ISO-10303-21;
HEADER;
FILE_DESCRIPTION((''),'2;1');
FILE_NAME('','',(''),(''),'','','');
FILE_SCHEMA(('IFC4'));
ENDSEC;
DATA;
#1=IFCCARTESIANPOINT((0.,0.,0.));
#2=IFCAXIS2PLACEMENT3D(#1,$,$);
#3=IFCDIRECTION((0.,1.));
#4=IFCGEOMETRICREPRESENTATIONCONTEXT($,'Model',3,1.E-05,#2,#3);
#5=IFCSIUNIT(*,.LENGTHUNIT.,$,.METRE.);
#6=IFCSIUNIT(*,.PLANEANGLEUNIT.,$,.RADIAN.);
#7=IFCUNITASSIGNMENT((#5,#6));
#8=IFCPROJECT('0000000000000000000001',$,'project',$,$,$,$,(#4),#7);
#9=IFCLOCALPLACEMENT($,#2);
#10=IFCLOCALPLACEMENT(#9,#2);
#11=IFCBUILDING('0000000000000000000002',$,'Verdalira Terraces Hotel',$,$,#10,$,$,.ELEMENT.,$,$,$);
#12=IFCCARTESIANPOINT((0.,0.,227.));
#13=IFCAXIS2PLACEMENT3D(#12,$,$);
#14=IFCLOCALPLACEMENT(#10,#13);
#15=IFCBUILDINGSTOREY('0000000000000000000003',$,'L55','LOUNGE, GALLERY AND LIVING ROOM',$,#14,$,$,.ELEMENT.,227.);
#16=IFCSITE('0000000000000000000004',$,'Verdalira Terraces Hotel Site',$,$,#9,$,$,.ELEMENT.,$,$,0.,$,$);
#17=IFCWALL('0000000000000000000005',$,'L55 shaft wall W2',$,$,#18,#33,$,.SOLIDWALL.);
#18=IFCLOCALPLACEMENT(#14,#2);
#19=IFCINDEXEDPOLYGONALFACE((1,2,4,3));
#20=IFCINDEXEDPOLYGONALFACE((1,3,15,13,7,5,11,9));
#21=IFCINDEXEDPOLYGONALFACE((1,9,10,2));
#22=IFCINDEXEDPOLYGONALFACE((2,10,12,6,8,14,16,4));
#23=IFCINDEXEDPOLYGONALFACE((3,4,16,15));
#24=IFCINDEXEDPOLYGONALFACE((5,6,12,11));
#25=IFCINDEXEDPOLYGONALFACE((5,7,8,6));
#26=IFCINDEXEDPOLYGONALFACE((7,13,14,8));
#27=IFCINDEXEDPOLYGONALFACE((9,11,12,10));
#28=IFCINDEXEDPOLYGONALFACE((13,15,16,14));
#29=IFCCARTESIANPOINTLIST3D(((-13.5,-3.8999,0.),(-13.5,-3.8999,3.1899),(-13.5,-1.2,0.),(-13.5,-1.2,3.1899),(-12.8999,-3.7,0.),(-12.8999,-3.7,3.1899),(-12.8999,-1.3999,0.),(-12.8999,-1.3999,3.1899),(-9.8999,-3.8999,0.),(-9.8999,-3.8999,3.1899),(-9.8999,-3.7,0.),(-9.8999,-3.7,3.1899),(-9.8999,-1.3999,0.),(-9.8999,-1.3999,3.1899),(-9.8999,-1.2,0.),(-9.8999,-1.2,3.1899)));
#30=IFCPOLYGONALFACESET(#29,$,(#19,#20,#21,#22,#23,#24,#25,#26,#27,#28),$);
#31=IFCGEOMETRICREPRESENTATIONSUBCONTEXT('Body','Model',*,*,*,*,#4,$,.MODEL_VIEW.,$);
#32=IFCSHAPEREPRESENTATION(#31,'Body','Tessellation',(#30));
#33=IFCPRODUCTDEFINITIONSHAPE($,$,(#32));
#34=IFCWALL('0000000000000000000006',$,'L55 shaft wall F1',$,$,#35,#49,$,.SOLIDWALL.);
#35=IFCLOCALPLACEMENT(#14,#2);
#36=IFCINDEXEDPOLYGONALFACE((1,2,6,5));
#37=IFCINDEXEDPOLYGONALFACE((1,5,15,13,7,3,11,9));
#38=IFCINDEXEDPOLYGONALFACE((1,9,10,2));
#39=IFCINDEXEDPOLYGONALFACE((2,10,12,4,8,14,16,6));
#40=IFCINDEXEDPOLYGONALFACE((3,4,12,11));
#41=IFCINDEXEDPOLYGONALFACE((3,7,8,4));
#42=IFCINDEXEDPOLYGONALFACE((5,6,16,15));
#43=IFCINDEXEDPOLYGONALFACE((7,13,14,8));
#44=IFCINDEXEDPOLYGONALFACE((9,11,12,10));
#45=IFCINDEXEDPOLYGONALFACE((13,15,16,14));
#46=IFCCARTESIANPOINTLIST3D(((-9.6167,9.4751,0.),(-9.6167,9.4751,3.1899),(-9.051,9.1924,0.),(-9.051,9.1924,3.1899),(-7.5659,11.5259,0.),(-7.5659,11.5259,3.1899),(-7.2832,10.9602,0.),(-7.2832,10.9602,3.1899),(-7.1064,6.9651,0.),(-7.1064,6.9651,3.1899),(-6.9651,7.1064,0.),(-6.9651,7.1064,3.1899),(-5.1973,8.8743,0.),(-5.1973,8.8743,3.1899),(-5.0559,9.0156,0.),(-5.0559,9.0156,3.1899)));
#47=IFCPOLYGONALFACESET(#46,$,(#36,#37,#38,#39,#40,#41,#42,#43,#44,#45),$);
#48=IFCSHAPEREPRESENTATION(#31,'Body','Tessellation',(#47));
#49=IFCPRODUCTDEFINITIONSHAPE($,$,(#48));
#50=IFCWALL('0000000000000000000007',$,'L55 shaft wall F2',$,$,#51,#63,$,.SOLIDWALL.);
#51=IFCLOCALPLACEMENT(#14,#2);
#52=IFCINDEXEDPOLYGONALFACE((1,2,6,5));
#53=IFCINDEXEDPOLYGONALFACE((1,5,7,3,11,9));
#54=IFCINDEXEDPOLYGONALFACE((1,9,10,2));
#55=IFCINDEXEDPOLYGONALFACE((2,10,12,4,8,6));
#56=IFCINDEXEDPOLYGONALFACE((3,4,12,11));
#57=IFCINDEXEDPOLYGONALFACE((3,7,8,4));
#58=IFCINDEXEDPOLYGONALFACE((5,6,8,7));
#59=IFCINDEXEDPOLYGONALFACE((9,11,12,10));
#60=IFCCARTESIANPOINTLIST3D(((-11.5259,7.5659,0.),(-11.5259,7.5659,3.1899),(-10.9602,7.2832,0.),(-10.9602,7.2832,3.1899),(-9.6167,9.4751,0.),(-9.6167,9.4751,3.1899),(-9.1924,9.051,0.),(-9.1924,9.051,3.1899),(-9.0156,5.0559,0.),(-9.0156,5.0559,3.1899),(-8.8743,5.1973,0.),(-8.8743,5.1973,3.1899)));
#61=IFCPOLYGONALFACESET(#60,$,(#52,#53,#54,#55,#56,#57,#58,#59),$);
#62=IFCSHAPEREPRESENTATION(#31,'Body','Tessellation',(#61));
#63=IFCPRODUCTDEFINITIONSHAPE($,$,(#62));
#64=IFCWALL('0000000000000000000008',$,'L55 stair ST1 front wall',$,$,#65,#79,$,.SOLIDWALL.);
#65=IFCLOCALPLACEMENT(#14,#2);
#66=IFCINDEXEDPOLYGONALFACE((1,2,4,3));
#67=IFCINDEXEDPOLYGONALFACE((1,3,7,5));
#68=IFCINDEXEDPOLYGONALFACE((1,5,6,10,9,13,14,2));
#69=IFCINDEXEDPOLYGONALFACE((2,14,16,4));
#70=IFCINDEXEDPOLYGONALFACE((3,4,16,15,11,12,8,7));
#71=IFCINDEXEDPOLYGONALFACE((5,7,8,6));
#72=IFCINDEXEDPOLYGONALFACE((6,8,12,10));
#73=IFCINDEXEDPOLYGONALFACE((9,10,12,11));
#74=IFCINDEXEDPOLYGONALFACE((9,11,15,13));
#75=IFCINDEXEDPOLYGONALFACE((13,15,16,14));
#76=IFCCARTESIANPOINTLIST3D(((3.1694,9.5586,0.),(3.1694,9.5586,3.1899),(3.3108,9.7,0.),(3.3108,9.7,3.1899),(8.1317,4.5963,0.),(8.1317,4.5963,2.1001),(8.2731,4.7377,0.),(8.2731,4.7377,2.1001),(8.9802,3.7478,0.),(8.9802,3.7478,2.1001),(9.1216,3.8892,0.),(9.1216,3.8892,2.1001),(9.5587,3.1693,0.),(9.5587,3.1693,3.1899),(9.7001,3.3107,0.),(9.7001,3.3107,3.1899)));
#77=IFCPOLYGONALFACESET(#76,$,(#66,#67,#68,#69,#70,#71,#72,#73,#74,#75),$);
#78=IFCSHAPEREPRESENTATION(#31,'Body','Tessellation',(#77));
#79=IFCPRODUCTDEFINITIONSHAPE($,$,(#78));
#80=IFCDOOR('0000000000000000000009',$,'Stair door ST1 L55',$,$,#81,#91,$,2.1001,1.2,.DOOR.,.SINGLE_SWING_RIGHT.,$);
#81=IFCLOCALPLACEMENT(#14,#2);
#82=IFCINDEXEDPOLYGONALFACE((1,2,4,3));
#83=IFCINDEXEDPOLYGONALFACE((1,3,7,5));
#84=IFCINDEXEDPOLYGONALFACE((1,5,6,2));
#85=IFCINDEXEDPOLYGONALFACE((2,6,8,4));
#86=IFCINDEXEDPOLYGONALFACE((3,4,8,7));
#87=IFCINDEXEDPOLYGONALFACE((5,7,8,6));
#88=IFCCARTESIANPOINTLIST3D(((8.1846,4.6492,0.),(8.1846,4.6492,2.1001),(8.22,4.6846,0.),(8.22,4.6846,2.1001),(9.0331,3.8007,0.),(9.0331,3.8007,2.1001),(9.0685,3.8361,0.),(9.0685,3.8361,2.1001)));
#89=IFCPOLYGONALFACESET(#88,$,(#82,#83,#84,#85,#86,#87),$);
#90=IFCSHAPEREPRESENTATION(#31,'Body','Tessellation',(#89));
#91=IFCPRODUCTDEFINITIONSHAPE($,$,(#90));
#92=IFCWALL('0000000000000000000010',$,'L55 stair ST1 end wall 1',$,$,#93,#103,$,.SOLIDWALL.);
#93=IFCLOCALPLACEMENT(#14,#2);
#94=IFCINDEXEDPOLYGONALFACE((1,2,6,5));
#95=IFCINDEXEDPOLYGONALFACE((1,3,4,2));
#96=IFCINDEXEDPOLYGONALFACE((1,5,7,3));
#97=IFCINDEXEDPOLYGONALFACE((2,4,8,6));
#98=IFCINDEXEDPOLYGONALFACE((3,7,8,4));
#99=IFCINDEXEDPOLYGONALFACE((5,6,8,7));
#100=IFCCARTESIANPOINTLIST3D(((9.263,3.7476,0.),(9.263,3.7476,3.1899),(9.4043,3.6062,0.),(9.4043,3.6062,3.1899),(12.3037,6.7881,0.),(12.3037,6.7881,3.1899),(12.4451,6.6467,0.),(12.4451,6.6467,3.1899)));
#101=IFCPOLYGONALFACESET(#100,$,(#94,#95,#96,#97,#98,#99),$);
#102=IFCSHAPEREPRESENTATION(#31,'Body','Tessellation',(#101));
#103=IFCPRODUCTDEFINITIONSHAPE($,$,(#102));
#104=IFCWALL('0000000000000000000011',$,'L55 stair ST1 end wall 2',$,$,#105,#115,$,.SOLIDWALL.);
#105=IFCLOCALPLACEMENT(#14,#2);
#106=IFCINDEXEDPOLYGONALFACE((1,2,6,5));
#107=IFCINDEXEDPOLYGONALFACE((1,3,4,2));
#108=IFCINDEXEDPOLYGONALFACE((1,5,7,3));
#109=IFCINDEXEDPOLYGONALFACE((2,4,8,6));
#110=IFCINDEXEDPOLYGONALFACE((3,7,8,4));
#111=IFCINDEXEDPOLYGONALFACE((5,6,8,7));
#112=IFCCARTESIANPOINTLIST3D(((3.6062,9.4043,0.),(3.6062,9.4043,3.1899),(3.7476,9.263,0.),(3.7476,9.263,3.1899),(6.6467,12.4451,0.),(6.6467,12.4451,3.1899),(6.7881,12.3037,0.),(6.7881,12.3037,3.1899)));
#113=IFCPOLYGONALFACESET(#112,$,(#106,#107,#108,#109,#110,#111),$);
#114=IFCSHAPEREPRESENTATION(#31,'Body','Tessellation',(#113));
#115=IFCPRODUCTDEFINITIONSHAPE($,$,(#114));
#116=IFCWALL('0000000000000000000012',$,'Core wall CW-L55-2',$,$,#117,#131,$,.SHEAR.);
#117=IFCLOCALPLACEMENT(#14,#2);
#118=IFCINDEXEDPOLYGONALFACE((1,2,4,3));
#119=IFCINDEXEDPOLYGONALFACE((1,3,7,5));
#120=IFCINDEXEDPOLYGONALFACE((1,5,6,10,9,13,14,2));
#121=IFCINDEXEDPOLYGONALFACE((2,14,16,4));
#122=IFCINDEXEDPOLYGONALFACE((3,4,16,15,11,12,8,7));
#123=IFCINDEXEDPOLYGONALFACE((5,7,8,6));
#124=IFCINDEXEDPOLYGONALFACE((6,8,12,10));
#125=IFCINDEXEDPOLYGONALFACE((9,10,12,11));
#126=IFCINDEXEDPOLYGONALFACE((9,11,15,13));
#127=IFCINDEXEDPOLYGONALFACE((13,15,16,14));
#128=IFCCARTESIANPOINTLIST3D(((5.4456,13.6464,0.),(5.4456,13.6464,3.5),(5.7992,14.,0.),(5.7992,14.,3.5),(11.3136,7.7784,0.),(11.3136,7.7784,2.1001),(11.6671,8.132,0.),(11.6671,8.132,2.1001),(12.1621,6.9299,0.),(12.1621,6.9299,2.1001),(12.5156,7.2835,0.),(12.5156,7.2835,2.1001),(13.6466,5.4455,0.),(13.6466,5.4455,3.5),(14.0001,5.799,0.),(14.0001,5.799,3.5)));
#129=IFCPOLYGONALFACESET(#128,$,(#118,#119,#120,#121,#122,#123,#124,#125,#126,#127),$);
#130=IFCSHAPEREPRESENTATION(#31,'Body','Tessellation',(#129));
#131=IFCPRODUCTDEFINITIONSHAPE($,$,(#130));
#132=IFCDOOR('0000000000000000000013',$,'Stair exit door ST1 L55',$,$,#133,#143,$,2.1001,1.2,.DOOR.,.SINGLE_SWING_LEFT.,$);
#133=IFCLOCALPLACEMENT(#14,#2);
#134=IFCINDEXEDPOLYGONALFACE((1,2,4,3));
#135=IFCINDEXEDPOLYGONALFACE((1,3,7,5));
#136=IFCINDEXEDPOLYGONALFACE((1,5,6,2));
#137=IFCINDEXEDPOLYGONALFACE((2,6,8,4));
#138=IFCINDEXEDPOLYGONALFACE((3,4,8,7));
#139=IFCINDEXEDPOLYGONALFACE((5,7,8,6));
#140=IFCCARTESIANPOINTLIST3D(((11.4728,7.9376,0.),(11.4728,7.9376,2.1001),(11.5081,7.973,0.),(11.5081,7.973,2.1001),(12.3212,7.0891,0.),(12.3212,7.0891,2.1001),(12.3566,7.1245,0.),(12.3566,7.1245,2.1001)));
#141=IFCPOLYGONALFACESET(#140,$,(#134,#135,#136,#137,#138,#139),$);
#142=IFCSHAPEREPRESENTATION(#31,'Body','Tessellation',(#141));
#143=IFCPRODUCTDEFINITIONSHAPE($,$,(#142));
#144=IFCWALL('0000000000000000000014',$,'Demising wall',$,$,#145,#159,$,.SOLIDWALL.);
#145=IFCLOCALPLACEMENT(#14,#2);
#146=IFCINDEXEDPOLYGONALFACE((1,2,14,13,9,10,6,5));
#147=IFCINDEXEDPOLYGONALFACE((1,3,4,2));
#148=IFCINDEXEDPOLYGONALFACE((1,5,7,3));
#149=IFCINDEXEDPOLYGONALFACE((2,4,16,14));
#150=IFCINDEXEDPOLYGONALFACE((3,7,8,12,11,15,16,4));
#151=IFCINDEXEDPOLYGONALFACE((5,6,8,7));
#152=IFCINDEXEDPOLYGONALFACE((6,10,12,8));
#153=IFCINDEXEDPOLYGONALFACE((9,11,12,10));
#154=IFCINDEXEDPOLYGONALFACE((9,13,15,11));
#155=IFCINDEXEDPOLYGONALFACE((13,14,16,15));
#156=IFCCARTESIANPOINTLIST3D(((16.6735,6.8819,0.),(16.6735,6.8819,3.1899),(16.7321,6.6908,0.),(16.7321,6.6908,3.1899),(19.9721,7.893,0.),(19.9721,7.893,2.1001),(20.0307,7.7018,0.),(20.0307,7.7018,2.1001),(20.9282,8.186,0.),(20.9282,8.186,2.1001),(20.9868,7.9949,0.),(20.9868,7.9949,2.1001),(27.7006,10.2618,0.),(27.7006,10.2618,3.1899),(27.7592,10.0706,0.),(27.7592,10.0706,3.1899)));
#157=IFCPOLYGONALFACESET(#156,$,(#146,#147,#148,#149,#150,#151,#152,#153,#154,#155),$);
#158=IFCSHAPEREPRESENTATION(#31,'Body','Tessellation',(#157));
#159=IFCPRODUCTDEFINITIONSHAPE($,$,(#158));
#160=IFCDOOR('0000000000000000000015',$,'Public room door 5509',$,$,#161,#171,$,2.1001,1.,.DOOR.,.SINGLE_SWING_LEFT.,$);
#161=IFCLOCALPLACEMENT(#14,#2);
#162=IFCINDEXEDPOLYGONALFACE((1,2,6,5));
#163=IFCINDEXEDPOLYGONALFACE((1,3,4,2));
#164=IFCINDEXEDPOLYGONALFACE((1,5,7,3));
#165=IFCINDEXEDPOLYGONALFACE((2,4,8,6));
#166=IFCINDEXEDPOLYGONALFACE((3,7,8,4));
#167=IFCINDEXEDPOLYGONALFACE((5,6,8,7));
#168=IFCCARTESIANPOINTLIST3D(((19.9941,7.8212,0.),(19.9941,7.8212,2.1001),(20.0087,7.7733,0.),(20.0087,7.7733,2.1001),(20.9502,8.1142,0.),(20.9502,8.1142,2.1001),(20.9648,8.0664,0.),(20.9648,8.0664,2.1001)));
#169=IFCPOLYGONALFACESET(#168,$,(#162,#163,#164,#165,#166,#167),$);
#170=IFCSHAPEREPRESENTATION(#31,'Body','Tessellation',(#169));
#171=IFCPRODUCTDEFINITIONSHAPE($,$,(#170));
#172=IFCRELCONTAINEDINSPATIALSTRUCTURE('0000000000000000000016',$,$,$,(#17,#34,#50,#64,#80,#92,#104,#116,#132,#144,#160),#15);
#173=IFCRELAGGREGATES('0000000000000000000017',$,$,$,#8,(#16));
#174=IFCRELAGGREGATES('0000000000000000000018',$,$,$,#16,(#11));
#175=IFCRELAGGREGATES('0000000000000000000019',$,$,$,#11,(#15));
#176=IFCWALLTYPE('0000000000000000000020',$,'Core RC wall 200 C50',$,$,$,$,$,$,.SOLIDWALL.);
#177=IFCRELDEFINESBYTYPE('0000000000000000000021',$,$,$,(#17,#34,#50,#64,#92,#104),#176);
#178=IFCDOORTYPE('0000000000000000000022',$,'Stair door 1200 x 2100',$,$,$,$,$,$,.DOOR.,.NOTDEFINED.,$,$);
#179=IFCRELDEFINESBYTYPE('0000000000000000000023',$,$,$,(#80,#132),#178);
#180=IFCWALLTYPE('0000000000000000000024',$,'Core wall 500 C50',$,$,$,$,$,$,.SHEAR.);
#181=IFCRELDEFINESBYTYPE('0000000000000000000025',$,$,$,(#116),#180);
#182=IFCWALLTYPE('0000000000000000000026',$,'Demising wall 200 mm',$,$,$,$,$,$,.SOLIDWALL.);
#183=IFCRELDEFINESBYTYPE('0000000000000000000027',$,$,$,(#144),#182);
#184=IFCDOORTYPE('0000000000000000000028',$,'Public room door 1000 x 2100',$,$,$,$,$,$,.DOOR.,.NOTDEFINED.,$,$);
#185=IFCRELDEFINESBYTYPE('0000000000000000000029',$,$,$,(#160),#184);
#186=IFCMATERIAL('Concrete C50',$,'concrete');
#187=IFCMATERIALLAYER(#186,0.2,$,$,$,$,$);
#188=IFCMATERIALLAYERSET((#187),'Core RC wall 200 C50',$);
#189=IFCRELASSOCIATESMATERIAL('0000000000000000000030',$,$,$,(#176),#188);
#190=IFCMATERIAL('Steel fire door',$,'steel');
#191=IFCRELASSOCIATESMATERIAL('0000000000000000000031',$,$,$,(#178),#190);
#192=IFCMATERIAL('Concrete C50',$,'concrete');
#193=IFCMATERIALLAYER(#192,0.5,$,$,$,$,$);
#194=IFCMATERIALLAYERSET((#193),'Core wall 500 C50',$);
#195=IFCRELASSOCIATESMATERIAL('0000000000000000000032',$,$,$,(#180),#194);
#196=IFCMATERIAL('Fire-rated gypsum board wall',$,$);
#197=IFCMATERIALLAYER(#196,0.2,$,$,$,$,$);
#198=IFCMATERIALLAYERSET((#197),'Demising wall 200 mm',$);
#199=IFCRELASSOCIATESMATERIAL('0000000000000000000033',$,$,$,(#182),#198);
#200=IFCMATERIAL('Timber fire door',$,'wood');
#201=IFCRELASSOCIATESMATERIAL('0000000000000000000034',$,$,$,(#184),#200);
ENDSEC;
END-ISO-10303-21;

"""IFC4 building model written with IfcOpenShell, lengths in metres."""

from ifc_helpers import new_model, si_unit, direction, frame, frame_2d, origin, place, context, subcontext, project, spatial, polyline, rectangle, outline, extrude, material, layer, layer_set, type_object, element, fill, save


model = new_model("IFC4")

# Units and contexts
model_context = context("Model", 3, precision=1e-05, world=origin(), true_north=direction((0.0, 1.0)))
body_context = subcontext(model_context, "Body", "Model", "MODEL_VIEW")
ifc_project = project(units=[si_unit("LENGTHUNIT", "METRE"), si_unit("PLANEANGLEUNIT", "RADIAN")], contexts=[model_context])

# Site, building, storey
site_placement = place(None, origin())
site = spatial("IfcSite", under=ifc_project, at=site_placement, Name="Verdalira Terraces Hotel Site", CompositionType="ELEMENT", RefElevation=0.0)
building_placement = place(site_placement, origin())
building = spatial("IfcBuilding", under=site, at=building_placement, Name="Verdalira Terraces Hotel", CompositionType="ELEMENT")
storey_placement = place(building_placement, frame((0.0, 0.0, 227.0)))
storey = spatial("IfcBuildingStorey", under=building, at=storey_placement, Name="L55", Description="LOUNGE, GALLERY AND LIVING ROOM", CompositionType="ELEMENT", Elevation=227.0)

# Shared definitions
ifc_material_1 = material(Name="Concrete C50", Category="concrete")
ifc_layer_1 = layer(ifc_material_1, 0.2)
ifc_layer_set_1 = layer_set([ifc_layer_1], Name="Core RC wall 200 C50")
wall_type_1 = type_object("IfcWallType", Name="Core RC wall 200 C50", PredefinedType="SOLIDWALL", material=ifc_layer_set_1)

# Walls
wall_1_placement = place(storey_placement, origin())
element("IfcWall", 1, at=wall_1_placement, inside=storey, type_object=wall_type_1, Name="L55 shaft wall W2", PredefinedType="SOLIDWALL", context=body_context, shape_type="SweptSolid", body=[
    extrude(outline(polyline([(-13.5, -3.8999), (-13.5, -1.2), (-9.8999, -1.2), (-9.8999, -1.3999), (-12.8999, -1.3999), (-12.8999, -3.7), (-9.8999, -3.7), (-9.8999, -3.8999), (-13.5, -3.8999)])), origin(), (0.0, 0.0, 1.0), 3.1899),
])
wall_2_placement = place(storey_placement, origin())
element("IfcWall", 2, at=wall_2_placement, inside=storey, type_object=wall_type_1, Name="L55 shaft wall F1", PredefinedType="SOLIDWALL", context=body_context, shape_type="SweptSolid", body=[
    extrude(outline(polyline([(-9.6167, 9.4751), (-7.5659, 11.5259), (-5.0559, 9.0156), (-5.1973, 8.8743), (-7.2832, 10.9602), (-9.051, 9.1924), (-6.9651, 7.1064), (-7.1064, 6.9651), (-9.6167, 9.4751)])), origin(), (0.0, 0.0, 1.0), 3.1899),
])
wall_3_placement = place(storey_placement, origin())
element("IfcWall", 3, at=wall_3_placement, inside=storey, type_object=wall_type_1, Name="L55 shaft wall F2", PredefinedType="SOLIDWALL", context=body_context, shape_type="SweptSolid", body=[
    extrude(outline(polyline([(-11.5259, 7.5659), (-9.6167, 9.4751), (-9.1924, 9.051), (-10.9602, 7.2832), (-8.8743, 5.1973), (-9.0156, 5.0559), (-11.5259, 7.5659)])), origin(), (0.0, 0.0, 1.0), 3.1899),
])

# Wall, opening, door
wall_4_placement = place(storey_placement, frame((3.24, 9.6294, 0.0), z_axis=(0.0, 0.0, 1.0), x_axis=(0.707107, -0.707107, 0.0)))
wall_4 = element("IfcWall", 4, at=wall_4_placement, inside=storey, type_object=wall_type_1, Name="L55 stair ST1 front wall", PredefinedType="SOLIDWALL", context=body_context, shape_type="SweptSolid", body=[
    extrude(rectangle(XDim=9.0359, YDim=0.2, at=frame_2d((4.5181, 0.0))), origin(), (0.0, 0.0, 1.0), 3.1899),
])
opening_1_placement = place(wall_4_placement, frame((7.0178, 0.0, 0.0)))
opening_1 = element("IfcOpeningElement", 5, at=opening_1_placement, cuts=wall_4, PredefinedType="OPENING", context=body_context, shape_type="SweptSolid", body=[
    extrude(rectangle(XDim=1.2, YDim=2.1001, at=frame_2d((0.6001, 1.05))), frame((0.0, 0.1099, 0.0), z_axis=(0.0, -1.0, 0.0), x_axis=(1.0, 0.0, 0.0)), (0.0, 0.0, 1.0), 0.22),
])
ifc_material_2 = material(Name="Steel fire door", Category="steel")
door_type_1 = type_object("IfcDoorType", Name="Stair door 1200 x 2100", OperationType="NOTDEFINED", PredefinedType="DOOR", material=ifc_material_2)
door_1_placement = place(opening_1_placement, origin())
door_1 = element("IfcDoor", 6, at=door_1_placement, inside=storey, type_object=door_type_1, Name="Stair door ST1 L55", OperationType="SINGLE_SWING_RIGHT", OverallHeight=2.1001, OverallWidth=1.2, PredefinedType="DOOR", context=body_context, shape_type="SweptSolid", body=[
    extrude(rectangle(XDim=1.2, YDim=2.1001, at=frame_2d((0.6001, 1.05))), frame((0.0, 0.0249, 0.0), z_axis=(0.0, -1.0, 0.0), x_axis=(1.0, 0.0, 0.0)), (0.0, 0.0, 1.0), 0.05),
])
fill(opening_1, door_1)

# Walls
for number, where, z_axis, x_axis, name in (
    (7, (9.3337, 3.677, 0.0), (0.0, 0.0, 1.0), (0.707135, 0.707078, 0.0), "L55 stair ST1 end wall 1"),
    (8, (3.677, 9.3337, 0.0), (0.0, 0.0, 1.0), (0.707078, 0.707135, 0.0), "L55 stair ST1 end wall 2"),
):
    element("IfcWall", number, at=place(storey_placement, frame(where, z_axis=z_axis, x_axis=x_axis)), inside=storey, type_object=wall_type_1, Name=name, PredefinedType="SOLIDWALL", context=body_context, shape_type="SweptSolid", body=[
        extrude(rectangle(XDim=4.3, YDim=0.2, at=frame_2d((2.1499, 0.0))), origin(), (0.0, 0.0, 1.0), 3.1899),
    ])

# Walls, openings, doors
ifc_material_3 = material(Name="Concrete C50", Category="concrete")
ifc_layer_2 = layer(ifc_material_3, 0.5)
ifc_layer_set_2 = layer_set([ifc_layer_2], Name="Core wall 500 C50")
wall_type_2 = type_object("IfcWallType", Name="Core wall 500 C50", PredefinedType="SHEAR", material=ifc_layer_set_2)
wall_5_placement = place(storey_placement, frame((13.8232, 5.6223, 0.0), z_axis=(0.0, 0.0, 1.0), x_axis=(-0.707107, 0.707107, 0.0)))
wall_5 = element("IfcWall", 9, at=wall_5_placement, inside=storey, type_object=wall_type_2, Name="Core wall CW-L55-2", PredefinedType="SHEAR", context=body_context, shape_type="SweptSolid", body=[
    extrude(rectangle(XDim=11.5979, YDim=0.5, at=frame_2d((5.7988, 0.0))), origin(), (0.0, 0.0, 1.0), 3.5),
])
opening_2_placement = place(wall_5_placement, frame((2.0991, 0.0, 0.0)))
opening_2 = element("IfcOpeningElement", 10, at=opening_2_placement, cuts=wall_5, PredefinedType="OPENING", context=body_context, shape_type="SweptSolid", body=[
    extrude(rectangle(XDim=1.2, YDim=2.1001, at=frame_2d((0.6001, 1.05))), frame((0.0, 0.26, 0.0), z_axis=(0.0, -1.0, 0.0), x_axis=(1.0, 0.0, 0.0)), (0.0, 0.0, 1.0), 0.52),
])
door_2_placement = place(opening_2_placement, origin())
door_2 = element("IfcDoor", 11, at=door_2_placement, inside=storey, type_object=door_type_1, Name="Stair exit door ST1 L55", OperationType="SINGLE_SWING_LEFT", OverallHeight=2.1001, OverallWidth=1.2, PredefinedType="DOOR", context=body_context, shape_type="SweptSolid", body=[
    extrude(rectangle(XDim=1.2, YDim=2.1001, at=frame_2d((0.6001, 1.05))), frame((0.0, 0.0249, 0.0), z_axis=(0.0, -1.0, 0.0), x_axis=(1.0, 0.0, 0.0)), (0.0, 0.0, 1.0), 0.05),
])
fill(opening_2, door_2)
ifc_material_4 = material(Name="Fire-rated gypsum board wall")
ifc_layer_3 = layer(ifc_material_4, 0.2)
ifc_layer_set_3 = layer_set([ifc_layer_3], Name="Demising wall 200 mm")
wall_type_3 = type_object("IfcWallType", Name="Demising wall 200 mm", PredefinedType="SOLIDWALL", material=ifc_layer_set_3)
wall_6_placement = place(storey_placement, frame((16.7029, 6.7864, 0.0), z_axis=(0.0, 0.0, 1.0), x_axis=(0.956097, 0.29305, 0.0)))
wall_6 = element("IfcWall", 12, at=wall_6_placement, inside=storey, type_object=wall_type_3, Name="Demising wall", PredefinedType="SOLIDWALL", context=body_context, shape_type="SweptSolid", body=[
    extrude(rectangle(XDim=11.5334, YDim=0.2, at=frame_2d((5.7666, 0.0))), origin(), (0.0, 0.0, 1.0), 3.1899),
])
opening_3_placement = place(wall_6_placement, frame((3.45, 0.0, 0.0)))
opening_3 = element("IfcOpeningElement", 13, at=opening_3_placement, cuts=wall_6, PredefinedType="OPENING", context=body_context, shape_type="SweptSolid", body=[
    extrude(rectangle(XDim=1.0, YDim=2.1001, at=frame_2d((0.5, 1.05))), frame((0.0, 0.1099, 0.0), z_axis=(0.0, -1.0, 0.0), x_axis=(1.0, 0.0, 0.0)), (0.0, 0.0, 1.0), 0.22),
])
ifc_material_5 = material(Name="Timber fire door", Category="wood")
door_type_2 = type_object("IfcDoorType", Name="Public room door 1000 x 2100", OperationType="NOTDEFINED", PredefinedType="DOOR", material=ifc_material_5)
door_3_placement = place(opening_3_placement, origin())
door_3 = element("IfcDoor", 14, at=door_3_placement, inside=storey, type_object=door_type_2, Name="Public room door 5509", OperationType="SINGLE_SWING_LEFT", OverallHeight=2.1001, OverallWidth=1.0, PredefinedType="DOOR", context=body_context, shape_type="SweptSolid", body=[
    extrude(rectangle(XDim=1.0, YDim=2.1001, at=frame_2d((0.5, 1.05))), frame((0.0, 0.0249, 0.0), z_axis=(0.0, -1.0, 0.0), x_axis=(1.0, 0.0, 0.0)), (0.0, 0.0, 1.0), 0.05),
])
fill(opening_3, door_3)

save(model, "model.ifc")
